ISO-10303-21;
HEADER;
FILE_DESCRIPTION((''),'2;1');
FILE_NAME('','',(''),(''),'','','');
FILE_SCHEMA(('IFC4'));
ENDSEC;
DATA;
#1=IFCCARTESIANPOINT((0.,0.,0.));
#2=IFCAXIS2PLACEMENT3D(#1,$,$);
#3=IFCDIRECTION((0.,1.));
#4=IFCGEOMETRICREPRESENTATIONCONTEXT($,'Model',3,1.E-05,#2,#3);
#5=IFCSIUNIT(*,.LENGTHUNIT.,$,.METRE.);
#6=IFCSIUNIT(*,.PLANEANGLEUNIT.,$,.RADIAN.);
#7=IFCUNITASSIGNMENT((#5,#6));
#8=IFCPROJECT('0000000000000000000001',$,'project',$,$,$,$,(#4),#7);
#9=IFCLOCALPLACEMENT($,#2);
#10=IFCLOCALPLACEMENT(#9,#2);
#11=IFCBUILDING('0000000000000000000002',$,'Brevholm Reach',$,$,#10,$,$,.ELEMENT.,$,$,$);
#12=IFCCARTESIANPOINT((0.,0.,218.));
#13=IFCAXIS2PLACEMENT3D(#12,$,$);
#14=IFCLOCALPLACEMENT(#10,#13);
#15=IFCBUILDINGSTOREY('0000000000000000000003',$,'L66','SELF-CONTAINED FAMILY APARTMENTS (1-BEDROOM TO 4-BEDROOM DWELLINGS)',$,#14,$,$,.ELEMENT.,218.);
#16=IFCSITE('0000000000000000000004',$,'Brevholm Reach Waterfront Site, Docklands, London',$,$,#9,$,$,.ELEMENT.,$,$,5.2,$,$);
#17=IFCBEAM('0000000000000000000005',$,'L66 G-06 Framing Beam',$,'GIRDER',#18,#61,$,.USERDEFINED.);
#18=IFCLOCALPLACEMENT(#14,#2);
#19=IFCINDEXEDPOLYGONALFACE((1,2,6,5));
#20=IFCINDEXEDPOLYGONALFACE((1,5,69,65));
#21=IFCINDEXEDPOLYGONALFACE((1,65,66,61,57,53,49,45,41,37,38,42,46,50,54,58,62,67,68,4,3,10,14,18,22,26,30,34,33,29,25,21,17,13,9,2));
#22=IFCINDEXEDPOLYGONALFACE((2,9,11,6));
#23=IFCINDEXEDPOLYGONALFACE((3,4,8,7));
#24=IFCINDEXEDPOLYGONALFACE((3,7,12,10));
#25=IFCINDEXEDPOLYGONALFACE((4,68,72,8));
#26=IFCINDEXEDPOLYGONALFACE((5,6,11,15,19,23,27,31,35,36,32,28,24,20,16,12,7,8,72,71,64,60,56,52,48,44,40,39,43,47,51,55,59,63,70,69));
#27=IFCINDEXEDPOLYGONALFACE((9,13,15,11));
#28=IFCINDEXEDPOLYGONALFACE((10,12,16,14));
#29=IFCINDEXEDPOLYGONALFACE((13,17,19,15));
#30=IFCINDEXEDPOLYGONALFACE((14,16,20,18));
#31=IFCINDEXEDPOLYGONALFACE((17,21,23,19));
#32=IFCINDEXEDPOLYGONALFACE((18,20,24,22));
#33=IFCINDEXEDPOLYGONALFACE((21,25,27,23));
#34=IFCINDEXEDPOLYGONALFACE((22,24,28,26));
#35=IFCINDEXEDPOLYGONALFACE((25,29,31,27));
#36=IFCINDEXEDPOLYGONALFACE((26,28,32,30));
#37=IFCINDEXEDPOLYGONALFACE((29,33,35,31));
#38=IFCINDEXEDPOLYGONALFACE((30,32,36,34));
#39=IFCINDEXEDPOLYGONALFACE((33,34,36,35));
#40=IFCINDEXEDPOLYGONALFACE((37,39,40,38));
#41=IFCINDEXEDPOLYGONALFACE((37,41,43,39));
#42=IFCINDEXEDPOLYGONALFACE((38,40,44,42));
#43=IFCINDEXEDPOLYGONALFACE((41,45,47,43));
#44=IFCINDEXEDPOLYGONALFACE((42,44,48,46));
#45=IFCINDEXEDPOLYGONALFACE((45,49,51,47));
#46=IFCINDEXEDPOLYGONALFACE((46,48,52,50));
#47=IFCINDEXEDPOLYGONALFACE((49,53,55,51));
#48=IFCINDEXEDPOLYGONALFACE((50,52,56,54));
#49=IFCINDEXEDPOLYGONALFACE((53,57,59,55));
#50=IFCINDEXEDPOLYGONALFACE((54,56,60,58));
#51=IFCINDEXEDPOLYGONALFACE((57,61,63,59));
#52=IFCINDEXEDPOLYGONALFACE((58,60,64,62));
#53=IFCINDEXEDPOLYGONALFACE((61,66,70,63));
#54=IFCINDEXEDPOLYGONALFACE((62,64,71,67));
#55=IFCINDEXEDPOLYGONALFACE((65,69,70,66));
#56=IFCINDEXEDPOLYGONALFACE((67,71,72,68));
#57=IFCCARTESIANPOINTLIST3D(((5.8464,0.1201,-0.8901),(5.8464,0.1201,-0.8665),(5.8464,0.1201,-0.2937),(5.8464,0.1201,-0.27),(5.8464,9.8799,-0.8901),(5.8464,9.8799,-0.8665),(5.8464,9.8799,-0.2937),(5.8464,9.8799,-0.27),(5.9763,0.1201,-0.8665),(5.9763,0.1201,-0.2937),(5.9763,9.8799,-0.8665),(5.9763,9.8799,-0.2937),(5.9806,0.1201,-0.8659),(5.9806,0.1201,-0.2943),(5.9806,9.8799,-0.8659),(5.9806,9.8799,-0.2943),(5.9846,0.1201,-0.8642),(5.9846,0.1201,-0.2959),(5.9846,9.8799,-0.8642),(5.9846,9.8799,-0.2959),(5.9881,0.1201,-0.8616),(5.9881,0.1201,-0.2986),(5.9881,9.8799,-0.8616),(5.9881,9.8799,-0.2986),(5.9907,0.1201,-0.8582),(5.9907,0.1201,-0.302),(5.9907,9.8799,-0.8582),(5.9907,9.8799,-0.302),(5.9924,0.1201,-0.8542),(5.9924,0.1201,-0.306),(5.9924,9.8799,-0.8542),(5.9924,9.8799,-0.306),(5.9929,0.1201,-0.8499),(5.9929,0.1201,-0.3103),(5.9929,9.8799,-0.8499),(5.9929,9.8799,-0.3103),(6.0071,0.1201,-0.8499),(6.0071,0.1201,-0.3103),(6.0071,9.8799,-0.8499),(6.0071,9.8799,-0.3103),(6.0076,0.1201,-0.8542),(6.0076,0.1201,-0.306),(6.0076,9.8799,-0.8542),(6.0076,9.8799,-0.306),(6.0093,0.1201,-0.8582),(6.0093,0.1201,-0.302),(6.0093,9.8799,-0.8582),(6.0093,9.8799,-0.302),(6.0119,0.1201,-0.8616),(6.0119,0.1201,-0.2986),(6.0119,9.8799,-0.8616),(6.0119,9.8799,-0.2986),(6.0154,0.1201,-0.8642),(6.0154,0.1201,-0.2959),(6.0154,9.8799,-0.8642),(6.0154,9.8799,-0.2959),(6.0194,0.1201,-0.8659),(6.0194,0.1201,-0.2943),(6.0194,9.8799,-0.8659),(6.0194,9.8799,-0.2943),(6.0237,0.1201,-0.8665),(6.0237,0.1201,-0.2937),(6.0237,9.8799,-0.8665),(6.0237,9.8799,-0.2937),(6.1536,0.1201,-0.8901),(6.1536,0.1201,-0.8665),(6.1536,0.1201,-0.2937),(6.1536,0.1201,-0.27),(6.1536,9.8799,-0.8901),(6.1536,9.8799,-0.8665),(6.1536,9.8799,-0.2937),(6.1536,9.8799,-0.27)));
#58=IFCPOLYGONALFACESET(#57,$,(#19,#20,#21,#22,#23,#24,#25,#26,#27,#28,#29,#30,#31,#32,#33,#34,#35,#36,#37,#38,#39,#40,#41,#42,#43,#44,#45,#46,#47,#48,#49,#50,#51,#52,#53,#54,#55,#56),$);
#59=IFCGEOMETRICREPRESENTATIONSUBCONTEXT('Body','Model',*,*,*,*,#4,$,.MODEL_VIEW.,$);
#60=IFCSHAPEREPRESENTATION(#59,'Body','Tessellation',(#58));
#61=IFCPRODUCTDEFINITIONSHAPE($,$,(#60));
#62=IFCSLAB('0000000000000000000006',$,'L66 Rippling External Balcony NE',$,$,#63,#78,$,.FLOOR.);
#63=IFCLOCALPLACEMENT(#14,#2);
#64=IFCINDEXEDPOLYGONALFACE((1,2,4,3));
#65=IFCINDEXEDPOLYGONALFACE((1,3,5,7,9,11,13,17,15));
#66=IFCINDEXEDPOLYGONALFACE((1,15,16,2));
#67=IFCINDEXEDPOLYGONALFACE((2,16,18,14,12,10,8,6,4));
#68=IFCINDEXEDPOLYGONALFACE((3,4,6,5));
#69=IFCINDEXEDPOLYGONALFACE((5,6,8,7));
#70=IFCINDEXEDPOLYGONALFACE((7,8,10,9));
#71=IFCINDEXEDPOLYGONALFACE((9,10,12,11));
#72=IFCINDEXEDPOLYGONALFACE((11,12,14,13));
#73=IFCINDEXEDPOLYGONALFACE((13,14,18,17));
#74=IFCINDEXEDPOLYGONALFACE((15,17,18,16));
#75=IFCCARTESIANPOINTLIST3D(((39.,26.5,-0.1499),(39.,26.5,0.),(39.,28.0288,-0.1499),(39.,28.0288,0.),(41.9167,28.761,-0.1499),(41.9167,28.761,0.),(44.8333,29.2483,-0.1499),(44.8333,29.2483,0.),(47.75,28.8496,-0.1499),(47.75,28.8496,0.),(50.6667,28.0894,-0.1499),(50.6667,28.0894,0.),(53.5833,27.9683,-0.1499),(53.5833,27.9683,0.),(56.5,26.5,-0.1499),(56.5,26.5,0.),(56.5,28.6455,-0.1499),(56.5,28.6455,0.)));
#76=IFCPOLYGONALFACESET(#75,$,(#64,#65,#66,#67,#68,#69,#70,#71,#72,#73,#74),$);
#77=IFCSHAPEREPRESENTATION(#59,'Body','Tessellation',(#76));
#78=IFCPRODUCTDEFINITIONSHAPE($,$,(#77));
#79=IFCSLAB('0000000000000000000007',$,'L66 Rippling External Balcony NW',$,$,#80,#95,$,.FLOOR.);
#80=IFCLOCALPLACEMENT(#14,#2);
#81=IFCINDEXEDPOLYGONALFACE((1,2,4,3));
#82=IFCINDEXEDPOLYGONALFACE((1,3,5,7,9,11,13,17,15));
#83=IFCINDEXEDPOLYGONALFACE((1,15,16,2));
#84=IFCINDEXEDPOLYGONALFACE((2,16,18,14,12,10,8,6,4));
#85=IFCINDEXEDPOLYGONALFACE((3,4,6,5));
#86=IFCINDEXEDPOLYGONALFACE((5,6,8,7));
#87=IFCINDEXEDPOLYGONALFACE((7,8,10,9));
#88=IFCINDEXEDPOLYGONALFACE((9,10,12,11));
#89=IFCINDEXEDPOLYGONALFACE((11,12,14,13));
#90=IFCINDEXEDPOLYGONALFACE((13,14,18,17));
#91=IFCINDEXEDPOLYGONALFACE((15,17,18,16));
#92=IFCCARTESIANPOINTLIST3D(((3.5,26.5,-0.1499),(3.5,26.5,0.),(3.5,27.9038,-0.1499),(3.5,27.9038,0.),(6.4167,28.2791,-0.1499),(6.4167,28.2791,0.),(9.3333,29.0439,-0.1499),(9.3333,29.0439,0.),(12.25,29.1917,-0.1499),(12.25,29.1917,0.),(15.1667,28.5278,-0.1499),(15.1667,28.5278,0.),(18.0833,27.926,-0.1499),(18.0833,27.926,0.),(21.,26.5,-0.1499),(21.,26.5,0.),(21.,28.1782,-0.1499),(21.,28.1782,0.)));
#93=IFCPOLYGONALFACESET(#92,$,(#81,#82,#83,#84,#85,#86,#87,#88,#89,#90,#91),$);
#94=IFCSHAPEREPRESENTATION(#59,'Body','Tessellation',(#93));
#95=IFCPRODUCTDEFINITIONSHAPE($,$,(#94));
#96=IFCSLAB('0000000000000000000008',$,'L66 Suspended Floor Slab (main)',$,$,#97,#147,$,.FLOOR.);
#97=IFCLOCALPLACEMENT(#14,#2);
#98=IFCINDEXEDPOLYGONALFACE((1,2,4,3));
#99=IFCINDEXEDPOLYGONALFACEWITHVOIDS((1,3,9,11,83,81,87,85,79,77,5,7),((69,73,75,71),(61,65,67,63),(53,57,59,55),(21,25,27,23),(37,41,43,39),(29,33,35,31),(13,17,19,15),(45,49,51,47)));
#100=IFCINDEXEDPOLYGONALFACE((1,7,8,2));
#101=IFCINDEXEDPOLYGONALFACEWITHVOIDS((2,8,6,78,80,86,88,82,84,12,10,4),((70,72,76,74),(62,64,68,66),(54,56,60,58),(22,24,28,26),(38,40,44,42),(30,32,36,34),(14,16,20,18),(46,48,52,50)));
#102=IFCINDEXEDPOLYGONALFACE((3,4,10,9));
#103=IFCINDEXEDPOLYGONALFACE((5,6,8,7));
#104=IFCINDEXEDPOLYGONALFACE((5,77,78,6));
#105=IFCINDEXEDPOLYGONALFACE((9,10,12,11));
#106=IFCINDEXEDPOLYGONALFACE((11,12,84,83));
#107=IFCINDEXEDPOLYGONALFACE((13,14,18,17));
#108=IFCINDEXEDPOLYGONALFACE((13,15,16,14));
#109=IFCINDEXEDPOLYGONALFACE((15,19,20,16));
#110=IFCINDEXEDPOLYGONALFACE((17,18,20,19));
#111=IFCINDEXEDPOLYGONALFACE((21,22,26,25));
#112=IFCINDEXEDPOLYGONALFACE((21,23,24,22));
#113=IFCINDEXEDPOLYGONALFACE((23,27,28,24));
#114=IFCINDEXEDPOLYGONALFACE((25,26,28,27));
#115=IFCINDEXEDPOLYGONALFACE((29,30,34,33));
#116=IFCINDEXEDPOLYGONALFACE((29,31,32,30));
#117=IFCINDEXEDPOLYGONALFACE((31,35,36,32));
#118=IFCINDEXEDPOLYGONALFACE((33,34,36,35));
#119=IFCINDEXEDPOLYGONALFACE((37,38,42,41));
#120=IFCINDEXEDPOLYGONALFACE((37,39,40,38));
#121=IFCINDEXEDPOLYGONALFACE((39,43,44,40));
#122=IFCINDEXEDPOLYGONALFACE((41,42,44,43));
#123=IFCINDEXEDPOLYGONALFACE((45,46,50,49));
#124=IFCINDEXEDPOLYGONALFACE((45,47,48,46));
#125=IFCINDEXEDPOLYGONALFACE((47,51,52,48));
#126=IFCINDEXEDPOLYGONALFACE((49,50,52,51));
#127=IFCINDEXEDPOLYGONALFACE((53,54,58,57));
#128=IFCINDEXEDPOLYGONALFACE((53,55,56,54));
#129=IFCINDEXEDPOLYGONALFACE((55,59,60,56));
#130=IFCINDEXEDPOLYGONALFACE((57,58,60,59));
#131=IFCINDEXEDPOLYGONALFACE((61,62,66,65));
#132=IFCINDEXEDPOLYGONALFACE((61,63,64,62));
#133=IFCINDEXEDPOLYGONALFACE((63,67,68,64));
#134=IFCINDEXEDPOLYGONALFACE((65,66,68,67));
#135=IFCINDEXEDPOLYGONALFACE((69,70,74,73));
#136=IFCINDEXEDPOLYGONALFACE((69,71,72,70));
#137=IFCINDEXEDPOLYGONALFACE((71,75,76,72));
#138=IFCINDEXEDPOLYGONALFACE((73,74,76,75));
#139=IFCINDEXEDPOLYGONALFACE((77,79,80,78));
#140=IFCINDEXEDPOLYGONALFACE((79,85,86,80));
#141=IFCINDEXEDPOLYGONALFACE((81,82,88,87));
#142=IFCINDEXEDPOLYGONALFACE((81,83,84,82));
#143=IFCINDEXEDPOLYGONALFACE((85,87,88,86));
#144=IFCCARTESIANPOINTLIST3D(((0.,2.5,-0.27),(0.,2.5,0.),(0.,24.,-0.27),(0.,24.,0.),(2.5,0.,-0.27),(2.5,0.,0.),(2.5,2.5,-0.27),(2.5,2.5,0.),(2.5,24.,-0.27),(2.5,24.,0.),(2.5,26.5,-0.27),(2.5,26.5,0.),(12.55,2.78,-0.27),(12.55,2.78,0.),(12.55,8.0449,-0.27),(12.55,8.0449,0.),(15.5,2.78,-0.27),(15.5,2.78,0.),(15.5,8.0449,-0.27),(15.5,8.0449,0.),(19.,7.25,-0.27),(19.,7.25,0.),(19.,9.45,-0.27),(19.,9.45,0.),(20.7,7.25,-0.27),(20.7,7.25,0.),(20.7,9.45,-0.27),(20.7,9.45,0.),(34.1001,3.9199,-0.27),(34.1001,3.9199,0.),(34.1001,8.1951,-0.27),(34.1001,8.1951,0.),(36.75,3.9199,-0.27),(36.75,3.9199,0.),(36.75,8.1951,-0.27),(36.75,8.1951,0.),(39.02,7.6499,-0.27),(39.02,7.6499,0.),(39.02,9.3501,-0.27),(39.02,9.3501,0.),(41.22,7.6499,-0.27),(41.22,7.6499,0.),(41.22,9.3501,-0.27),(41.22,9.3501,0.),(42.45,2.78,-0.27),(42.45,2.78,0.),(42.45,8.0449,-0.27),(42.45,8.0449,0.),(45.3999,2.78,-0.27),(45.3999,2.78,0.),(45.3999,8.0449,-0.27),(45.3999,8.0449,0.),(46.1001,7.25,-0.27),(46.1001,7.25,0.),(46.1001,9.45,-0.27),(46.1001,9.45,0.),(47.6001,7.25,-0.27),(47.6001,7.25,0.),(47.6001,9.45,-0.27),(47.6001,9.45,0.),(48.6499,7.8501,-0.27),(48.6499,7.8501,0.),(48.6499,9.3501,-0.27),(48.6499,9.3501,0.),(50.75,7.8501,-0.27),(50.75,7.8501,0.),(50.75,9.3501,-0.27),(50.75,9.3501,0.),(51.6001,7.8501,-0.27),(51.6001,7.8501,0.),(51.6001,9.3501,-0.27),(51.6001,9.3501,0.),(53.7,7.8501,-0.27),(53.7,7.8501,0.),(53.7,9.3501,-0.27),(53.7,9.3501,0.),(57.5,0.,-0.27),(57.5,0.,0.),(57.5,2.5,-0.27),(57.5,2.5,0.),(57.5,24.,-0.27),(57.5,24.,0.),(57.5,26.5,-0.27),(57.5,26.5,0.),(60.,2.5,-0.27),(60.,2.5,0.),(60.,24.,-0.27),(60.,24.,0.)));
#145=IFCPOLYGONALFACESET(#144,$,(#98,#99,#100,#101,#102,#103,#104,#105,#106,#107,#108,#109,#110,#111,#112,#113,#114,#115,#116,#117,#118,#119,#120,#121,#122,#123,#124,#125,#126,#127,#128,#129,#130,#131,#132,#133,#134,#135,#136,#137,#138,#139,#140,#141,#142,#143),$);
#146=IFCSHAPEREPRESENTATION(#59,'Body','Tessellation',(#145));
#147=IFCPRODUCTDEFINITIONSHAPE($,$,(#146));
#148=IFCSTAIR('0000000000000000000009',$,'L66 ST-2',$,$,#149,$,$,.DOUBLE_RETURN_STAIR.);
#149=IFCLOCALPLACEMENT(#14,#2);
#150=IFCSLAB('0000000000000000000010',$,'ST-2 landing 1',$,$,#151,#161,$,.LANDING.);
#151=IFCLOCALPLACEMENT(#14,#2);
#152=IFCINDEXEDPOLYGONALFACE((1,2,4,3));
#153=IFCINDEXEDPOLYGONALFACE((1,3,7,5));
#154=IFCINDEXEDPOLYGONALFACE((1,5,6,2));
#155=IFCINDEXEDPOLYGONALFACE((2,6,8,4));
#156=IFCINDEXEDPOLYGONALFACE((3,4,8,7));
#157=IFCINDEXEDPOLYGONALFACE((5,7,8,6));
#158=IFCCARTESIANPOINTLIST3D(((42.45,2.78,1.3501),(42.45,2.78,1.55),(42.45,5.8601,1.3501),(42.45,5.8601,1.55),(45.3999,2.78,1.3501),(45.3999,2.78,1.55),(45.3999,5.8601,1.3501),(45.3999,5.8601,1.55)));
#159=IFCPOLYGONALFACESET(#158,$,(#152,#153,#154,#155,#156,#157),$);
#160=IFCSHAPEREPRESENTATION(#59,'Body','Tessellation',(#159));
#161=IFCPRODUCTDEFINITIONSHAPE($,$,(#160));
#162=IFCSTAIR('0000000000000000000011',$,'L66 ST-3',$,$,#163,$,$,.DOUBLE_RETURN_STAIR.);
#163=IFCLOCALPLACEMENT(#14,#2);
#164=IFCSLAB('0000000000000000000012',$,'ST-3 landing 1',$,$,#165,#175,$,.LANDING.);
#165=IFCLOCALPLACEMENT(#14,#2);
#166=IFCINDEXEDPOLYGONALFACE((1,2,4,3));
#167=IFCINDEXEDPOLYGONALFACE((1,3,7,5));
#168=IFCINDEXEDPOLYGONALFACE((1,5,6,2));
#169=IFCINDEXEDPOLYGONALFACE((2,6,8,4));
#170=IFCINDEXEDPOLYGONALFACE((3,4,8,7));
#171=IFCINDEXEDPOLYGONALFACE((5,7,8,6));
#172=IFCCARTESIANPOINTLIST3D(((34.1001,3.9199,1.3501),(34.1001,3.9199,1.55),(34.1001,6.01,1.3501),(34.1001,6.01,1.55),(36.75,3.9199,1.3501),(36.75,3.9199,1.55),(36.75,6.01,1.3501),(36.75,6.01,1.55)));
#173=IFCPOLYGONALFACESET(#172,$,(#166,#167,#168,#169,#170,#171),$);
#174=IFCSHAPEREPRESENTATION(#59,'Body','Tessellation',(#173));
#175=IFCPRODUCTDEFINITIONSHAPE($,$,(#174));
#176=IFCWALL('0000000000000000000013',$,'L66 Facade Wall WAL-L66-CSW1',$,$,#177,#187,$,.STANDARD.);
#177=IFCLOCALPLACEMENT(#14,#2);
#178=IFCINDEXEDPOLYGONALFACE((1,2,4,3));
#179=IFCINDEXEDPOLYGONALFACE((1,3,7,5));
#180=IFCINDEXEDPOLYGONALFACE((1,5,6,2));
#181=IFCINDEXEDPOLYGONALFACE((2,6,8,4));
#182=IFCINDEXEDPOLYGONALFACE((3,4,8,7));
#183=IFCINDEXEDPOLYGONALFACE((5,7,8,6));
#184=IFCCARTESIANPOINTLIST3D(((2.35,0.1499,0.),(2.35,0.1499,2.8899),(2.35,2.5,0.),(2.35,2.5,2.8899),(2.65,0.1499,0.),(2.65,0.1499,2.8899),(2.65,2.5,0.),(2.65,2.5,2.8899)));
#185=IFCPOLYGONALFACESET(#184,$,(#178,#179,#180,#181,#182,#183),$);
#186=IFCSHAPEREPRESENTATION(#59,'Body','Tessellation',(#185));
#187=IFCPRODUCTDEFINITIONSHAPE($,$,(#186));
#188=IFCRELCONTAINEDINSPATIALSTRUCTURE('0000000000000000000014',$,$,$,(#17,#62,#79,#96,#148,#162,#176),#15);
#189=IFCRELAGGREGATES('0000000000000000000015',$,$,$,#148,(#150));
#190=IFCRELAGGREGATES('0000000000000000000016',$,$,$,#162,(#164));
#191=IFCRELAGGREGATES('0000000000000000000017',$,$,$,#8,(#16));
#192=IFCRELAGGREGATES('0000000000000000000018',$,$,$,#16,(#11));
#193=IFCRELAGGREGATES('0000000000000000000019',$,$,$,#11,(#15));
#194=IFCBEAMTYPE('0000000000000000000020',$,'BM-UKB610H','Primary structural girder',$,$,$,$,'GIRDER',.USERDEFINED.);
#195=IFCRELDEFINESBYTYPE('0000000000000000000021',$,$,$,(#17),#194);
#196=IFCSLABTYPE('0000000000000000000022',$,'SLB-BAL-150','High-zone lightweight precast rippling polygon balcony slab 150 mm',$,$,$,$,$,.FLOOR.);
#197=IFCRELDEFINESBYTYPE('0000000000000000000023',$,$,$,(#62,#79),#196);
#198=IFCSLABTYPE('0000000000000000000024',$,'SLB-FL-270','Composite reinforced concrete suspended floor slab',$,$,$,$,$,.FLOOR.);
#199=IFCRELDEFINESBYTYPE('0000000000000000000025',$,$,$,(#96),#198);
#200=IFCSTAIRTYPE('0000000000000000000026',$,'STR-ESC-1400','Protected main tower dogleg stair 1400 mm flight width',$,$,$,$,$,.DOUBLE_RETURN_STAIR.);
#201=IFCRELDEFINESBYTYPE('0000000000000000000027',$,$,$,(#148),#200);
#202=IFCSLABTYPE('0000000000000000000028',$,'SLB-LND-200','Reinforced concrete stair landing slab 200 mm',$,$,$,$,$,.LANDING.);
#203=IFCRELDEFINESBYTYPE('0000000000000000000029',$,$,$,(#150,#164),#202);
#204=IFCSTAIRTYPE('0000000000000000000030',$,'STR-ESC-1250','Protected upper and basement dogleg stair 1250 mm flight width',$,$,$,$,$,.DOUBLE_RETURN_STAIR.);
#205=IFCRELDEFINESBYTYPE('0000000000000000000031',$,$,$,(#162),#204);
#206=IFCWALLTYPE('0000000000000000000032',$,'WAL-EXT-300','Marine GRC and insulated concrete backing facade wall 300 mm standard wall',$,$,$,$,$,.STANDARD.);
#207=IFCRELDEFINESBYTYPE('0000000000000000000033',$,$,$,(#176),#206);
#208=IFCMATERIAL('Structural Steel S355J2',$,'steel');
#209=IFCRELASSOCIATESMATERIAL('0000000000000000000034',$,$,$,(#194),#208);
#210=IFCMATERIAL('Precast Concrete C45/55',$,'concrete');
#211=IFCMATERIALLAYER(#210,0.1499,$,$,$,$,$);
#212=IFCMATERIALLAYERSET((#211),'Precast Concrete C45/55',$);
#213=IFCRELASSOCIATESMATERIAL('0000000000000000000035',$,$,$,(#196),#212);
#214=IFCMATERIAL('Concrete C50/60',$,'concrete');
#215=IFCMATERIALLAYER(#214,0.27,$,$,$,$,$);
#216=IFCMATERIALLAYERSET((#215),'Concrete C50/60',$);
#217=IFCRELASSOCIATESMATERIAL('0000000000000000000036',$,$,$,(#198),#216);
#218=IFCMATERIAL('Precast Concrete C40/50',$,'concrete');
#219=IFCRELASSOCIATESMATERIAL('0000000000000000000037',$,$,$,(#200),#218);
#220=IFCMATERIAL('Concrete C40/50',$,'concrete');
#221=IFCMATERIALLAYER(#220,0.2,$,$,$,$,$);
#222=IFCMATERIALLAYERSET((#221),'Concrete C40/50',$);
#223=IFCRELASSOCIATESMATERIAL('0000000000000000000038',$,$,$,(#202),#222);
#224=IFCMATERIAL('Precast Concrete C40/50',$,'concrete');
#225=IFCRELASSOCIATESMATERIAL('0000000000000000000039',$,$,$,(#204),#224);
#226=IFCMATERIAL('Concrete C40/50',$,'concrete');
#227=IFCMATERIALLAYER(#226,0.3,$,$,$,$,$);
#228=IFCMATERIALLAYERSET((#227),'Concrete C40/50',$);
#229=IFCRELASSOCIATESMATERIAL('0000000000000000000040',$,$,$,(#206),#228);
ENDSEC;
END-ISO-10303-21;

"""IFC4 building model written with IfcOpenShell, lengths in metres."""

from ifc_helpers import new_model, si_unit, direction, frame, frame_2d, origin, origin_2d, place, context, subcontext, project, spatial, polyline, rectangle, i_section, outline, extrude, material, layer, layer_set, material_profile, profile_set, type_object, element, aggregate, save


model = new_model("IFC4")

# Units and contexts
model_context = context("Model", 3, precision=1e-05, world=origin(), true_north=direction((0.0, 1.0)))
body_context = subcontext(model_context, "Body", "Model", "MODEL_VIEW")
ifc_project = project(units=[si_unit("LENGTHUNIT", "METRE"), si_unit("PLANEANGLEUNIT", "RADIAN")], contexts=[model_context])

# Site, building, storey
site_placement = place(None, origin())
site = spatial("IfcSite", under=ifc_project, at=site_placement, Name="Brevholm Reach Waterfront Site, Docklands, London", CompositionType="ELEMENT", RefElevation=5.2)
building_placement = place(site_placement, origin())
building = spatial("IfcBuilding", under=site, at=building_placement, Name="Brevholm Reach", CompositionType="ELEMENT")
storey_placement = place(building_placement, frame((0.0, 0.0, 218.0)))
storey = spatial("IfcBuildingStorey", under=building, at=storey_placement, Name="L66", Description="SELF-CONTAINED FAMILY APARTMENTS (1-BEDROOM TO 4-BEDROOM DWELLINGS)", CompositionType="ELEMENT", Elevation=218.0)

# Beam
ifc_material_1 = material(Name="Structural Steel S355J2", Category="steel")
ifc_material_profile_1 = material_profile(ifc_material_1, i_section(OverallWidth=0.3071, OverallDepth=0.6201, WebThickness=0.0142, FlangeThickness=0.0237, FilletRadius=0.0166, at=origin_2d()), Name="UKB 610x305x179")
ifc_profile_set_1 = profile_set([ifc_material_profile_1], Name="Structural Steel S355J2")
beam_type_1 = type_object("IfcBeamType", Name="BM-UKB610H", Description="Primary structural girder", ElementType="GIRDER", PredefinedType="USERDEFINED", material=ifc_profile_set_1)
beam_1_placement = place(storey_placement, frame((6.0, 0.1201, -0.5801), z_axis=(0.0, 1.0, 0.0), x_axis=(-1.0, 0.0, 0.0)))
element("IfcBeam", 1, at=beam_1_placement, inside=storey, type_object=beam_type_1, Name="L66 G-06 Framing Beam", ObjectType="GIRDER", PredefinedType="USERDEFINED", context=body_context, shape_type="SweptSolid", body=[
    extrude(i_section(OverallWidth=0.3071, OverallDepth=0.6201, WebThickness=0.0142, FlangeThickness=0.0237, FilletRadius=0.0166, at=origin_2d()), origin(), (0.0, 0.0, 1.0), 9.7598),
])

# Slabs
ifc_material_2 = material(Name="Precast Concrete C45/55", Category="concrete")
ifc_layer_1 = layer(ifc_material_2, 0.1499)
ifc_layer_set_1 = layer_set([ifc_layer_1], Name="Precast Concrete C45/55")
slab_type_1 = type_object("IfcSlabType", Name="SLB-BAL-150", Description="High-zone lightweight precast rippling polygon balcony slab 150 mm", PredefinedType="FLOOR", material=ifc_layer_set_1)
slab_1_placement = place(storey_placement, frame((0.0, 0.0, -0.1499)))
element("IfcSlab", 2, at=slab_1_placement, inside=storey, type_object=slab_type_1, Name="L66 Rippling External Balcony NE", PredefinedType="FLOOR", context=body_context, shape_type="SweptSolid", body=[
    extrude(outline(polyline([(39.0, 26.5), (56.5, 26.5), (56.5, 28.6455), (53.5833, 27.9683), (50.6667, 28.0894), (47.75, 28.8496), (44.8333, 29.2483), (41.9167, 28.761), (39.0, 28.0288), (39.0, 26.5)])), origin(), (0.0, 0.0, 1.0), 0.1499),
])
slab_2_placement = place(storey_placement, frame((0.0, 0.0, -0.1499)))
element("IfcSlab", 3, at=slab_2_placement, inside=storey, type_object=slab_type_1, Name="L66 Rippling External Balcony NW", PredefinedType="FLOOR", context=body_context, shape_type="SweptSolid", body=[
    extrude(outline(polyline([(3.5, 26.5), (21.0, 26.5), (21.0, 28.1782), (18.0833, 27.926), (15.1667, 28.5278), (12.25, 29.1917), (9.3333, 29.0439), (6.4167, 28.2791), (3.5, 27.9038), (3.5, 26.5)])), origin(), (0.0, 0.0, 1.0), 0.1499),
])
ifc_material_3 = material(Name="Concrete C50/60", Category="concrete")
ifc_layer_2 = layer(ifc_material_3, 0.27)
ifc_layer_set_2 = layer_set([ifc_layer_2], Name="Concrete C50/60")
slab_type_2 = type_object("IfcSlabType", Name="SLB-FL-270", Description="Composite reinforced concrete suspended floor slab", PredefinedType="FLOOR", material=ifc_layer_set_2)
slab_3_placement = place(storey_placement, frame((0.0, 0.0, -0.27)))
element("IfcSlab", 4, at=slab_3_placement, inside=storey, type_object=slab_type_2, Name="L66 Suspended Floor Slab (main)", PredefinedType="FLOOR", context=body_context, shape_type="SweptSolid", body=[
    extrude(outline(polyline([(2.5, 0.0), (57.5, 0.0), (57.5, 2.5), (60.0, 2.5), (60.0, 24.0), (57.5, 24.0), (57.5, 26.5), (2.5, 26.5), (2.5, 24.0), (0.0, 24.0), (0.0, 2.5), (2.5, 2.5), (2.5, 0.0)]), holes=[polyline([(12.55, 2.78), (15.5, 2.78), (15.5, 8.0449), (12.55, 8.0449), (12.55, 2.78)]), polyline([(42.45, 2.78), (45.3999, 2.78), (45.3999, 8.0449), (42.45, 8.0449), (42.45, 2.78)]), polyline([(34.1001, 3.9199), (36.75, 3.9199), (36.75, 8.1951), (34.1001, 8.1951), (34.1001, 3.9199)]), polyline([(19.0, 7.25), (20.7, 7.25), (20.7, 9.45), (19.0, 9.45), (19.0, 7.25)]), polyline([(46.1001, 7.25), (47.6001, 7.25), (47.6001, 9.45), (46.1001, 9.45), (46.1001, 7.25)]), polyline([(39.02, 7.6499), (41.22, 7.6499), (41.22, 9.3501), (39.02, 9.3501), (39.02, 7.6499)]), polyline([(48.6499, 7.8501), (50.75, 7.8501), (50.75, 9.3501), (48.6499, 9.3501), (48.6499, 7.8501)]), polyline([(51.6001, 7.8501), (53.7, 7.8501), (53.7, 9.3501), (51.6001, 9.3501), (51.6001, 7.8501)])]), origin(), (0.0, 0.0, 1.0), 0.27),
])

# Stairs, slabs
ifc_material_4 = material(Name="Precast Concrete C40/50", Category="concrete")
stair_type_1 = type_object("IfcStairType", Name="STR-ESC-1400", Description="Protected main tower dogleg stair 1400 mm flight width", PredefinedType="DOUBLE_RETURN_STAIR", material=ifc_material_4)
stair_1_placement = place(storey_placement, origin())
stair_1 = element("IfcStair", 5, at=stair_1_placement, inside=storey, type_object=stair_type_1, Name="L66 ST-2", PredefinedType="DOUBLE_RETURN_STAIR")
ifc_material_5 = material(Name="Concrete C40/50", Category="concrete")
ifc_layer_3 = layer(ifc_material_5, 0.2)
ifc_layer_set_3 = layer_set([ifc_layer_3], Name="Concrete C40/50")
slab_type_3 = type_object("IfcSlabType", Name="SLB-LND-200", Description="Reinforced concrete stair landing slab 200 mm", PredefinedType="LANDING", material=ifc_layer_set_3)
slab_4_placement = place(storey_placement, frame((0.0, 0.0, 1.3501)))
slab_4 = element("IfcSlab", 6, at=slab_4_placement, type_object=slab_type_3, Name="ST-2 landing 1", PredefinedType="LANDING", context=body_context, shape_type="SweptSolid", body=[
    extrude(outline(polyline([(42.45, 5.8601), (42.45, 2.78), (45.3999, 2.78), (45.3999, 5.8601), (42.45, 5.8601)])), origin(), (0.0, 0.0, 1.0), 0.2),
])
aggregate(stair_1, [slab_4])
ifc_material_6 = material(Name="Precast Concrete C40/50", Category="concrete")
stair_type_2 = type_object("IfcStairType", Name="STR-ESC-1250", Description="Protected upper and basement dogleg stair 1250 mm flight width", PredefinedType="DOUBLE_RETURN_STAIR", material=ifc_material_6)
stair_2_placement = place(storey_placement, origin())
stair_2 = element("IfcStair", 7, at=stair_2_placement, inside=storey, type_object=stair_type_2, Name="L66 ST-3", PredefinedType="DOUBLE_RETURN_STAIR")
slab_5_placement = place(storey_placement, frame((0.0, 0.0, 1.3501)))
slab_5 = element("IfcSlab", 8, at=slab_5_placement, type_object=slab_type_3, Name="ST-3 landing 1", PredefinedType="LANDING", context=body_context, shape_type="SweptSolid", body=[
    extrude(outline(polyline([(34.1001, 6.01), (34.1001, 3.9199), (36.75, 3.9199), (36.75, 6.01), (34.1001, 6.01)])), origin(), (0.0, 0.0, 1.0), 0.2),
])
aggregate(stair_2, [slab_5])

# Wall
ifc_material_7 = material(Name="Concrete C40/50", Category="concrete")
ifc_layer_4 = layer(ifc_material_7, 0.3)
ifc_layer_set_4 = layer_set([ifc_layer_4], Name="Concrete C40/50")
wall_type_1 = type_object("IfcWallType", Name="WAL-EXT-300", Description="Marine GRC and insulated concrete backing facade wall 300 mm standard wall", PredefinedType="STANDARD", material=ifc_layer_set_4)
wall_1_placement = place(storey_placement, frame((2.5, 2.5, 0.0), z_axis=(0.0, 0.0, 1.0), x_axis=(0.0, -1.0, 0.0)))
element("IfcWall", 9, at=wall_1_placement, inside=storey, type_object=wall_type_1, Name="L66 Facade Wall WAL-L66-CSW1", PredefinedType="STANDARD", context=body_context, shape_type="SweptSolid", body=[
    extrude(rectangle(XDim=2.3501, YDim=0.3, at=frame_2d((1.175, 0.0))), origin(), (0.0, 0.0, 1.0), 2.8899),
])

save(model, "model.ifc")
